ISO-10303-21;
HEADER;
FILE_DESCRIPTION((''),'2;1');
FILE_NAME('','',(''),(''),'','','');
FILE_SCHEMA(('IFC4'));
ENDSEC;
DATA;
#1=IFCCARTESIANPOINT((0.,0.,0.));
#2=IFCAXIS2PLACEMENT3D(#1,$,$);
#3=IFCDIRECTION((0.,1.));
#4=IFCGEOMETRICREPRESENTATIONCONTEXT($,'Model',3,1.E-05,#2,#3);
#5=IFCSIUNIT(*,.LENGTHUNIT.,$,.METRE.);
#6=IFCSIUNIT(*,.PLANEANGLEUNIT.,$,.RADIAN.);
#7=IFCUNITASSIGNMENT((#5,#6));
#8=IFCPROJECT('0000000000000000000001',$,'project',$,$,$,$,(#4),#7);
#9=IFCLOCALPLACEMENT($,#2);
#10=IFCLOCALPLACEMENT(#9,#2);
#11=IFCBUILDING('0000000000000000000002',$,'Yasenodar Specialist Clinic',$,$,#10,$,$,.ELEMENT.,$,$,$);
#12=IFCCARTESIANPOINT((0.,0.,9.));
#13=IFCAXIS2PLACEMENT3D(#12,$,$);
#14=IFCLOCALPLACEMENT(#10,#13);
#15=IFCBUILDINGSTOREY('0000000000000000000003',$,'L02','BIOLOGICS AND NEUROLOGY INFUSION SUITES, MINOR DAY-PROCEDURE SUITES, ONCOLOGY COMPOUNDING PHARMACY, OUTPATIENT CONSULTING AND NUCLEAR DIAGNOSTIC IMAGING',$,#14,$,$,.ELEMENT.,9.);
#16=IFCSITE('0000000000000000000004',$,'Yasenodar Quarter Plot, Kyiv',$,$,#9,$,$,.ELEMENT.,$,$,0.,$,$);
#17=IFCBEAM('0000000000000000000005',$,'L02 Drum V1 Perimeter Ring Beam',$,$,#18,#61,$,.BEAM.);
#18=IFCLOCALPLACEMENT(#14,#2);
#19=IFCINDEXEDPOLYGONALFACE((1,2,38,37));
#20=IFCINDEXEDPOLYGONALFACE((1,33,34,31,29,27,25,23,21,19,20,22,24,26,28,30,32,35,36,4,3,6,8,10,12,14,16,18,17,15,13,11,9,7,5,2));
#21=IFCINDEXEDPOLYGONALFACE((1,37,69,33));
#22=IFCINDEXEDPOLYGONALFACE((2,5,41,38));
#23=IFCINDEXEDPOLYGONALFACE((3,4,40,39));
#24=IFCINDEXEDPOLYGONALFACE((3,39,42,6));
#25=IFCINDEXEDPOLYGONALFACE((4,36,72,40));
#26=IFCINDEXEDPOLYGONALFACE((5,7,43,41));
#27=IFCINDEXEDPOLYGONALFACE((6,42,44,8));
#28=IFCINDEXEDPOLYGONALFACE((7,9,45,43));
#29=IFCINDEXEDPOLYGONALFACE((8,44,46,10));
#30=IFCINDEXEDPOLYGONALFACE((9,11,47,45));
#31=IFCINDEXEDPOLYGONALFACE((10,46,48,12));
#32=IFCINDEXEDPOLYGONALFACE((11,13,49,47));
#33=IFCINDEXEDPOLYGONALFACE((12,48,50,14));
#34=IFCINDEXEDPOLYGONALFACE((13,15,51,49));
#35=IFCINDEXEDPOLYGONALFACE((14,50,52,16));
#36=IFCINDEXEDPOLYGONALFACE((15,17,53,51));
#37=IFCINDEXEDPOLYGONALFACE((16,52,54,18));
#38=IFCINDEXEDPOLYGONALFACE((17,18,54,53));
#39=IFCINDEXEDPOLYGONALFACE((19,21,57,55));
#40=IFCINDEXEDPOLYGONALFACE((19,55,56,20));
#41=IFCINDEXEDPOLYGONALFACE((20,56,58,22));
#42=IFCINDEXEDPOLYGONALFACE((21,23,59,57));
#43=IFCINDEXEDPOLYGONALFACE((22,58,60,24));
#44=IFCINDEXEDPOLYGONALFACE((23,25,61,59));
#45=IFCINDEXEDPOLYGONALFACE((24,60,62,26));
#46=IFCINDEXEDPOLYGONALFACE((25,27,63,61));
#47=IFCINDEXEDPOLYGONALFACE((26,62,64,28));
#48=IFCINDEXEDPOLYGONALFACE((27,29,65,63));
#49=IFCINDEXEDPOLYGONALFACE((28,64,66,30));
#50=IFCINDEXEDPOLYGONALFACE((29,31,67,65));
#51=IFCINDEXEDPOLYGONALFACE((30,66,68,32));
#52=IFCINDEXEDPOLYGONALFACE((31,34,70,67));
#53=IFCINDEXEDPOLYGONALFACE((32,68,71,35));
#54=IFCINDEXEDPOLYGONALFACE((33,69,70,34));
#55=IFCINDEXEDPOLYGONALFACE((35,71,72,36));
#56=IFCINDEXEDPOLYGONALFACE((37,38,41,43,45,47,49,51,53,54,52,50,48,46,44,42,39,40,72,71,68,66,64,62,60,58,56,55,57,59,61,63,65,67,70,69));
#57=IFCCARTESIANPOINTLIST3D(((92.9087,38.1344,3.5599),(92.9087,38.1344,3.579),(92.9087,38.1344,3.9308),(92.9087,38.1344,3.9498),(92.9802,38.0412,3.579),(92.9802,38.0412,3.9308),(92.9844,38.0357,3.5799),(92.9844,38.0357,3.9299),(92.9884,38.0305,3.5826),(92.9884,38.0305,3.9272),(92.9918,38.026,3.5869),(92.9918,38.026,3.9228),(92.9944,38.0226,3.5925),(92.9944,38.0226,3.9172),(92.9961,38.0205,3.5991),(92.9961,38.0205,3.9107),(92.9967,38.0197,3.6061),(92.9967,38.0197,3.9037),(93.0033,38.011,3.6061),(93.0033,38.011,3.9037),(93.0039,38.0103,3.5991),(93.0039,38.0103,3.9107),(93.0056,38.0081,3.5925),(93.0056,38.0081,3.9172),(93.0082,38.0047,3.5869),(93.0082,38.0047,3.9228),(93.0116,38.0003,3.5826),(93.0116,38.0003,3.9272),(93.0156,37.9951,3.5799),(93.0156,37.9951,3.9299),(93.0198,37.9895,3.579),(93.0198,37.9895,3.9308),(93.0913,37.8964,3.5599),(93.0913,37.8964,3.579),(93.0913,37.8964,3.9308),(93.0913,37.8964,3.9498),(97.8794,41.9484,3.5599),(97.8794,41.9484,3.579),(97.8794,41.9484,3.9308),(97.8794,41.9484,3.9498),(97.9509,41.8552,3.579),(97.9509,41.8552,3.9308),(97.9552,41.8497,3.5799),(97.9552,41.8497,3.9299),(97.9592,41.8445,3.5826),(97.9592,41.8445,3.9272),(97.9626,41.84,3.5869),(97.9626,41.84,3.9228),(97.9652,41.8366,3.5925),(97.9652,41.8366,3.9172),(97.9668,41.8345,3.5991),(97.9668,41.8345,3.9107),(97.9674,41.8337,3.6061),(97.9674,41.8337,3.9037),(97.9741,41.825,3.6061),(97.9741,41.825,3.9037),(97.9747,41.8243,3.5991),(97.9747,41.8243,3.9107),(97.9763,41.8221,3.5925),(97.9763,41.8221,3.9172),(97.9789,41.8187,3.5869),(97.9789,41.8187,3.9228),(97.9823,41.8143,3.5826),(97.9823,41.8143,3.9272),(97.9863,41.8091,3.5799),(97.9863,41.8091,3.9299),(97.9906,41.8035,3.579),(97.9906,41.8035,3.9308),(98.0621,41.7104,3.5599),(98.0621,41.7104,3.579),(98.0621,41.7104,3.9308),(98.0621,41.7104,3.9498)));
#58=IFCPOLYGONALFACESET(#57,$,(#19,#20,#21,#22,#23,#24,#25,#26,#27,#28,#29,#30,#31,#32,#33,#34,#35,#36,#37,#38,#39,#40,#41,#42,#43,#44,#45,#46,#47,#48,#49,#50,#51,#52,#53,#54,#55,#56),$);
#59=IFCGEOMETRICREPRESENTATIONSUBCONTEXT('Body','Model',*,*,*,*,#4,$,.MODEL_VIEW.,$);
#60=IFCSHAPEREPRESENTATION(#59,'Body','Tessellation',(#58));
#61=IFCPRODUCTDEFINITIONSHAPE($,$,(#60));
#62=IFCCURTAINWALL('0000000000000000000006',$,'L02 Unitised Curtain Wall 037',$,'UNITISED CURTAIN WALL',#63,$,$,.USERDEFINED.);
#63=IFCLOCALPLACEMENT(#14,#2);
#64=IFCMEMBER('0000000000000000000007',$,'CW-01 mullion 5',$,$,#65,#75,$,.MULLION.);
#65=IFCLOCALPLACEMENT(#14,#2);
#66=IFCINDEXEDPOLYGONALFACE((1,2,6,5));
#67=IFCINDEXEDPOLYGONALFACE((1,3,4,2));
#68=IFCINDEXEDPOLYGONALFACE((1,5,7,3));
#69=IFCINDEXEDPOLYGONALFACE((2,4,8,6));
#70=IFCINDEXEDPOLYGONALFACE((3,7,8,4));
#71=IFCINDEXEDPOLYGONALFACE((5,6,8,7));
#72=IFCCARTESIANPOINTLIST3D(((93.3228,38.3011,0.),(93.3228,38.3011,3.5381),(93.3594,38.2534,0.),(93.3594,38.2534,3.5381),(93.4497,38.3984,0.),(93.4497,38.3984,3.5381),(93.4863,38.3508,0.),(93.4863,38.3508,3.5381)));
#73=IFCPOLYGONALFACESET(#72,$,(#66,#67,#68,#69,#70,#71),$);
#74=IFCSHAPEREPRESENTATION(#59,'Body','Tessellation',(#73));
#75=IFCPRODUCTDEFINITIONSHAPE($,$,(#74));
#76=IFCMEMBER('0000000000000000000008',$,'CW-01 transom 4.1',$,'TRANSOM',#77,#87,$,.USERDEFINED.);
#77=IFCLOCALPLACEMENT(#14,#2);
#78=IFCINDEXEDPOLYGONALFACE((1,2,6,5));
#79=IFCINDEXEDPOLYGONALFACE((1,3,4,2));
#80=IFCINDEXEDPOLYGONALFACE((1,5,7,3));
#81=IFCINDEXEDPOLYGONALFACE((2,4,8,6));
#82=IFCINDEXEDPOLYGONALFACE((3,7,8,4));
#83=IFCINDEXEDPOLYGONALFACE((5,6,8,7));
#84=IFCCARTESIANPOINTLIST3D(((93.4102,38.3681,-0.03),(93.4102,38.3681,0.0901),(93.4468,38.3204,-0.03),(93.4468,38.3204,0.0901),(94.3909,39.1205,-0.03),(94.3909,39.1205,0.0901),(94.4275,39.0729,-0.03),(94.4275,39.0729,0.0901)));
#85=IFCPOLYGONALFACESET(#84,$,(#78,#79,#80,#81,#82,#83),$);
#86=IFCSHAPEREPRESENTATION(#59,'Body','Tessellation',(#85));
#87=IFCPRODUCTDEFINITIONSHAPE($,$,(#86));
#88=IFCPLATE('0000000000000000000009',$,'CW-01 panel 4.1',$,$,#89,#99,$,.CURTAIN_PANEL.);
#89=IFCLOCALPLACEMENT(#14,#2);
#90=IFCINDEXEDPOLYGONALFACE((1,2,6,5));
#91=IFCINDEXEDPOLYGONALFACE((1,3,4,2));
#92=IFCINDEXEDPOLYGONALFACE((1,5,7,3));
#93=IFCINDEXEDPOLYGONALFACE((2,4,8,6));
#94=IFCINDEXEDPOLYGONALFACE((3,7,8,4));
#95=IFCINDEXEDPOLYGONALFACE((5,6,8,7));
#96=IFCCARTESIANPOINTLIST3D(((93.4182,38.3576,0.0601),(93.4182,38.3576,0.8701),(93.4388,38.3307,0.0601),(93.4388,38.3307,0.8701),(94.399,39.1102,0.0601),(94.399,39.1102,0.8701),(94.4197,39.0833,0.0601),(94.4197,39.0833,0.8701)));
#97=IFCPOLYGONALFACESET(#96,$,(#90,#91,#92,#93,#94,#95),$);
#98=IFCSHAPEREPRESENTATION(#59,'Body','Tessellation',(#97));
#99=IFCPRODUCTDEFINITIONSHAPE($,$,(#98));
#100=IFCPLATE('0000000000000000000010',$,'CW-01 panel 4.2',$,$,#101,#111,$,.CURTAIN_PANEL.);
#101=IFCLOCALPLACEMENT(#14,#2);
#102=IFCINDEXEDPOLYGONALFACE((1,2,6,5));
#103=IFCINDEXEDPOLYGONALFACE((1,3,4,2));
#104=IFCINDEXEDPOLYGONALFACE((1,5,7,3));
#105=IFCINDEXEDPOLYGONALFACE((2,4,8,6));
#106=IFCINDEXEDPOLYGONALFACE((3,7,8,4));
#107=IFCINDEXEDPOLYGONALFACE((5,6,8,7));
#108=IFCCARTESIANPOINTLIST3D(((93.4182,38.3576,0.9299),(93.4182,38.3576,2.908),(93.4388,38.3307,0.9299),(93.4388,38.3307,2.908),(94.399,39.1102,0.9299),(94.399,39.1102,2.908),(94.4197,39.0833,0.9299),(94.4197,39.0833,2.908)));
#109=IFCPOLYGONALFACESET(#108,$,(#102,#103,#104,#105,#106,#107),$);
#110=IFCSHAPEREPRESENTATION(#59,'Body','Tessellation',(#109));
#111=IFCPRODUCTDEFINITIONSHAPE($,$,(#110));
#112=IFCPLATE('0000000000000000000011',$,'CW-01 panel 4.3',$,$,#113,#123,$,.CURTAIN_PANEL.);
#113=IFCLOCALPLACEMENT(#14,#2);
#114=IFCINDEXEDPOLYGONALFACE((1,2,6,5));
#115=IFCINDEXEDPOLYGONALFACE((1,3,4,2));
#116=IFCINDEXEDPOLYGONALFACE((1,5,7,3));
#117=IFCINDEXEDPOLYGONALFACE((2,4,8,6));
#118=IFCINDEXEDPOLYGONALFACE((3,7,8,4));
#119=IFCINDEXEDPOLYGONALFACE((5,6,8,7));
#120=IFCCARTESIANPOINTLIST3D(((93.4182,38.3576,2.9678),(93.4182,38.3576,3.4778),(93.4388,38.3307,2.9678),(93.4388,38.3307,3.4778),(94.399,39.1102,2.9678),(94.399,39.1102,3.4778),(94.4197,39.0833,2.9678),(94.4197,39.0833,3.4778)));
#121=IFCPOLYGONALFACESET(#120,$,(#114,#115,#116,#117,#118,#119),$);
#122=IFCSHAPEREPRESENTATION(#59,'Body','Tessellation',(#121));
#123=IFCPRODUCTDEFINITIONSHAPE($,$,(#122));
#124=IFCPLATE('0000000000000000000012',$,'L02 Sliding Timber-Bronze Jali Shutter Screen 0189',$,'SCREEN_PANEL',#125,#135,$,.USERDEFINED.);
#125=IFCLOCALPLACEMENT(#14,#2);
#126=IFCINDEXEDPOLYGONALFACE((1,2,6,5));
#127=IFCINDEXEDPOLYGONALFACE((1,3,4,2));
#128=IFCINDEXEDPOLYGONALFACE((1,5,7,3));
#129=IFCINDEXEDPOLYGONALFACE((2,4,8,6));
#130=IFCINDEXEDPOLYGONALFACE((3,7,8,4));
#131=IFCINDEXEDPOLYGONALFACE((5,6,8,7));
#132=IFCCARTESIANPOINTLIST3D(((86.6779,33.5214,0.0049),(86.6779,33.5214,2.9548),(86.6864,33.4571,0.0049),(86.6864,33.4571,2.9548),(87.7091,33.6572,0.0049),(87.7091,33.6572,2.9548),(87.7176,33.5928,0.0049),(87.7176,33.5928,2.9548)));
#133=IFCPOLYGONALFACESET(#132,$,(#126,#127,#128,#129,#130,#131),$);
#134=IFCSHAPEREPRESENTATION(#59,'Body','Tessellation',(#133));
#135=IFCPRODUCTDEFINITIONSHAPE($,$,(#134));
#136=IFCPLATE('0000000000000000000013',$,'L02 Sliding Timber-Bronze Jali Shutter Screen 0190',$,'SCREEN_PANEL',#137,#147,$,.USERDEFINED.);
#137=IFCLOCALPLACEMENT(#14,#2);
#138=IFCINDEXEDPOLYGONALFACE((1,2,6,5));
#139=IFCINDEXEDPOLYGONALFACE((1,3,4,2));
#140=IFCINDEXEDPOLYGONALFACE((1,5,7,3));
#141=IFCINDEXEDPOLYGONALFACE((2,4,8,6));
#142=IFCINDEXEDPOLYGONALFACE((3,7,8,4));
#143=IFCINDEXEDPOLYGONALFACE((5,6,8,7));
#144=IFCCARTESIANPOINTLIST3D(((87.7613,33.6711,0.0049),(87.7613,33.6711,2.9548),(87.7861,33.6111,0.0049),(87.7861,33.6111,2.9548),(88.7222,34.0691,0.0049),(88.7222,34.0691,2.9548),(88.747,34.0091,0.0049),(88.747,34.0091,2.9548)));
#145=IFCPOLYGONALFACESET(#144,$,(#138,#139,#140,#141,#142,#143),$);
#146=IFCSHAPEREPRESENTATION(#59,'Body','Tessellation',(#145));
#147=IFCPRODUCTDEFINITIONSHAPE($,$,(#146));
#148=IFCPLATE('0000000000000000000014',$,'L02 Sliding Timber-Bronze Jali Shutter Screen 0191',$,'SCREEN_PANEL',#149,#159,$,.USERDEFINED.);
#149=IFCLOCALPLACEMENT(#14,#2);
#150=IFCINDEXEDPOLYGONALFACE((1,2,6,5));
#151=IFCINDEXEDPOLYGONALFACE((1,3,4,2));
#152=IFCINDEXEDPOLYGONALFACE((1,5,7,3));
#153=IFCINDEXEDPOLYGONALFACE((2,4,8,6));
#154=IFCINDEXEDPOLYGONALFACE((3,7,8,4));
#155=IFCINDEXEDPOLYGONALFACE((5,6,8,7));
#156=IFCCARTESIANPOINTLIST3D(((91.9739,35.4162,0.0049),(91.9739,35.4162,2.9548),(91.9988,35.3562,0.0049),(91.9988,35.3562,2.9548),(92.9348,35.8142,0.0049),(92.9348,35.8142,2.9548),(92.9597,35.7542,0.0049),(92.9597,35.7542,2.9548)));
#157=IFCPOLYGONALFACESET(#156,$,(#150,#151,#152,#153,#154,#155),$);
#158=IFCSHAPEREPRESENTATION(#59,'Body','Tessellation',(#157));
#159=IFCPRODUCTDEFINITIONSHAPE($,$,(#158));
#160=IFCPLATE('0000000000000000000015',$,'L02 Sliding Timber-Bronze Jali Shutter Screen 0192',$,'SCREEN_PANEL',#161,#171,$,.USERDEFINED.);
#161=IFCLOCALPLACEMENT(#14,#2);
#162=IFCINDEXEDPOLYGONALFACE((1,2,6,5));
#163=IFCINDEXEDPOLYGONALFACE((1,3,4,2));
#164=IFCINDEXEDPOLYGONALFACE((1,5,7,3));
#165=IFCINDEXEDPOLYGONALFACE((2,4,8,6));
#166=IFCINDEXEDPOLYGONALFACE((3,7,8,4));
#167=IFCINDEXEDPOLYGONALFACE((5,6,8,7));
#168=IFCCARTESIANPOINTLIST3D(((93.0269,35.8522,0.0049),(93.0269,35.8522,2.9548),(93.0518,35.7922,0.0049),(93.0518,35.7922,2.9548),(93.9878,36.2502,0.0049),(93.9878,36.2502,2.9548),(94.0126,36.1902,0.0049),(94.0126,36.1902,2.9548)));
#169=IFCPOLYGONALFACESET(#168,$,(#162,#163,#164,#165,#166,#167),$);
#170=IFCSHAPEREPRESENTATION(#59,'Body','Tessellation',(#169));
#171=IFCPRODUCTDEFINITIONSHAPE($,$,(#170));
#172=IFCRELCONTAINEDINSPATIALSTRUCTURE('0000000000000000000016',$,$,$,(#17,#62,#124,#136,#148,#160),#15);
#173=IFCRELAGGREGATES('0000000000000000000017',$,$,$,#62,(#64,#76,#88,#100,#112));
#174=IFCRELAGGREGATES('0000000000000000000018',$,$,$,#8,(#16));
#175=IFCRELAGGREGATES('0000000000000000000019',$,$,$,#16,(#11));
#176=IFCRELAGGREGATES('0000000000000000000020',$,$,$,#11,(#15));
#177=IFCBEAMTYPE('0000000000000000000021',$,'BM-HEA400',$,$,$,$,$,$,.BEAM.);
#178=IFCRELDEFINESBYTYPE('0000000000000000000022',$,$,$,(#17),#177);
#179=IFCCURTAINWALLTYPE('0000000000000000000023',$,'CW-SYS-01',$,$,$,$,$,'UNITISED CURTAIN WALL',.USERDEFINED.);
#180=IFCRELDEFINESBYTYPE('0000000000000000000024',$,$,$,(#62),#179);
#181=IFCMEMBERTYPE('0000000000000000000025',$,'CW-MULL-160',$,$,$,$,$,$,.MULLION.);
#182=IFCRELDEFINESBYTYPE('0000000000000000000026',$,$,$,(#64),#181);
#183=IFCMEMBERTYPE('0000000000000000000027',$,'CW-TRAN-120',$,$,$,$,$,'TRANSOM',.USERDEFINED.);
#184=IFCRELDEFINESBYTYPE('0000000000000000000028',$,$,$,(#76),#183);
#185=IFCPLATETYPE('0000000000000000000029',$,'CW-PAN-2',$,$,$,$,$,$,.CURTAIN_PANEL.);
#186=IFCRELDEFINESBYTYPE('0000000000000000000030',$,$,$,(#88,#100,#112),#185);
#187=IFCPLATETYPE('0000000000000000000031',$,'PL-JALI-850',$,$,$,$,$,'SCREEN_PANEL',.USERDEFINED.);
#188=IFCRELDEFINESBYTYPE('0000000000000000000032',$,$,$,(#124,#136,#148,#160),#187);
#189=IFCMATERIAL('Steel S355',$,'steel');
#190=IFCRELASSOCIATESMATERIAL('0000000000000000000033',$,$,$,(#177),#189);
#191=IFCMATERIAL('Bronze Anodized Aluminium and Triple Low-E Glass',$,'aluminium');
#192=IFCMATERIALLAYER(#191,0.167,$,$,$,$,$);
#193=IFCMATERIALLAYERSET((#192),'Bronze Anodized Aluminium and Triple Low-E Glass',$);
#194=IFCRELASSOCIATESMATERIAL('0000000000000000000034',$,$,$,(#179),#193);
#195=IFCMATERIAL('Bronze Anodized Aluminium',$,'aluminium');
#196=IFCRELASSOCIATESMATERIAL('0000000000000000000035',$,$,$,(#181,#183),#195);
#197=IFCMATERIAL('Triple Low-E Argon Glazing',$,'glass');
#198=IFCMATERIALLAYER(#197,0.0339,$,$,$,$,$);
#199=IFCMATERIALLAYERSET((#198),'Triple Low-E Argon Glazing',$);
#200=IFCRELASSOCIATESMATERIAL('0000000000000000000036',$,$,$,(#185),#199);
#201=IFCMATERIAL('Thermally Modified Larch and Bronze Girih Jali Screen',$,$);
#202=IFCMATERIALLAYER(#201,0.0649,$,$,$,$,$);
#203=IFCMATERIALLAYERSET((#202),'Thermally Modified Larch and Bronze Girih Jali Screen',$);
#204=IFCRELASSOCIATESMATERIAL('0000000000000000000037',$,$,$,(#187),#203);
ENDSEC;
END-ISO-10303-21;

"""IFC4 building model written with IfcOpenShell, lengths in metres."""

from ifc_helpers import new_model, si_unit, direction, frame, origin, origin_2d, place, context, subcontext, project, spatial, rectangle, i_section, extrude, material, layer, layer_set, material_profile, profile_set, type_object, element, aggregate, save


model = new_model("IFC4")

# Units and contexts
model_context = context("Model", 3, precision=1e-05, world=origin(), true_north=direction((0.0, 1.0)))
body_context = subcontext(model_context, "Body", "Model", "MODEL_VIEW")
ifc_project = project(units=[si_unit("LENGTHUNIT", "METRE"), si_unit("PLANEANGLEUNIT", "RADIAN")], contexts=[model_context])

# Site, building, storey
site_placement = place(None, origin())
site = spatial("IfcSite", under=ifc_project, at=site_placement, Name="Yasenodar Quarter Plot, Kyiv", CompositionType="ELEMENT", RefElevation=0.0)
building_placement = place(site_placement, origin())
building = spatial("IfcBuilding", under=site, at=building_placement, Name="Yasenodar Specialist Clinic", CompositionType="ELEMENT")
storey_placement = place(building_placement, frame((0.0, 0.0, 9.0)))
storey = spatial("IfcBuildingStorey", under=building, at=storey_placement, Name="L02", Description="BIOLOGICS AND NEUROLOGY INFUSION SUITES, MINOR DAY-PROCEDURE SUITES, ONCOLOGY COMPOUNDING PHARMACY, OUTPATIENT CONSULTING AND NUCLEAR DIAGNOSTIC IMAGING", CompositionType="ELEMENT", Elevation=9.0)

# Shared definitions
ifc_material_1 = material(Name="Steel S355", Category="steel")

# Beam
ifc_material_profile_1 = material_profile(ifc_material_1, i_section(OverallWidth=0.3, OverallDepth=0.3899, WebThickness=0.011, FlangeThickness=0.019, FilletRadius=0.0271, at=origin_2d()), Name="HEA 400")
ifc_profile_set_1 = profile_set([ifc_material_profile_1], Name="Steel S355")
beam_type = type_object("IfcBeamType", Name="BM-HEA400", PredefinedType="BEAM", material=ifc_profile_set_1)
beam_1_placement = place(storey_placement, frame((93.0, 38.0154, 3.7549), z_axis=(0.793368, 0.608742, 0.0), x_axis=(-0.608742, 0.793368, 0.0)))
element("IfcBeam", 1, at=beam_1_placement, inside=storey, type_object=beam_type, Name="L02 Drum V1 Perimeter Ring Beam", PredefinedType="BEAM", context=body_context, shape_type="SweptSolid", body=[
    extrude(i_section(OverallWidth=0.3, OverallDepth=0.3899, WebThickness=0.011, FlangeThickness=0.019, FilletRadius=0.0271, at=origin_2d()), origin(), (0.0, 0.0, 1.0), 6.2654),
])

# Curtain wall, members, plates
ifc_material_2 = material(Name="Bronze Anodized Aluminium and Triple Low-E Glass", Category="aluminium")
ifc_layer_1 = layer(ifc_material_2, 0.167)
ifc_layer_set_1 = layer_set([ifc_layer_1], Name="Bronze Anodized Aluminium and Triple Low-E Glass")
curtain_wall_type = type_object("IfcCurtainWallType", Name="CW-SYS-01", ElementType="UNITISED CURTAIN WALL", PredefinedType="USERDEFINED", material=ifc_layer_set_1)
curtain_wall_placement = place(storey_placement, origin())
curtain_wall = element("IfcCurtainWall", 2, at=curtain_wall_placement, inside=storey, type_object=curtain_wall_type, Name="L02 Unitised Curtain Wall 037", ObjectType="UNITISED CURTAIN WALL", PredefinedType="USERDEFINED")
ifc_material_3 = material(Name="Bronze Anodized Aluminium", Category="aluminium")
ifc_material_profile_2 = material_profile(ifc_material_3, rectangle(XDim=0.0601, YDim=0.1599, at=origin_2d()), Name="CW-MULL 60x160")
ifc_profile_set_2 = profile_set([ifc_material_profile_2], Name="Bronze Anodized Aluminium")
member_type_1 = type_object("IfcMemberType", Name="CW-MULL-160", PredefinedType="MULLION", material=ifc_profile_set_2)
member_1_placement = place(storey_placement, frame((93.4045, 38.3259, 0.0), z_axis=(0.0, 0.0, 1.0), x_axis=(0.608752, -0.793361, 0.0)))
member_1 = element("IfcMember", 3, at=member_1_placement, type_object=member_type_1, Name="CW-01 mullion 5", PredefinedType="MULLION", context=body_context, shape_type="SweptSolid", body=[
    extrude(rectangle(XDim=0.0601, YDim=0.1599, at=origin_2d()), origin(), (0.0, 0.0, 1.0), 3.5381),
])
ifc_material_profile_3 = material_profile(ifc_material_3, rectangle(XDim=0.0601, YDim=0.1201, at=origin_2d()), Name="CW-TRAN 60x120")
ifc_profile_set_3 = profile_set([ifc_material_profile_3], Name="Bronze Anodized Aluminium")
member_type_2 = type_object("IfcMemberType", Name="CW-TRAN-120", ElementType="TRANSOM", PredefinedType="USERDEFINED", material=ifc_profile_set_3)
member_2_placement = place(storey_placement, frame((94.4092, 39.0967, 0.03), z_axis=(-0.793387, -0.608718, 0.0), x_axis=(0.608718, -0.793387, 0.0)))
member_2 = element("IfcMember", 4, at=member_2_placement, type_object=member_type_2, Name="CW-01 transom 4.1", ObjectType="TRANSOM", PredefinedType="USERDEFINED", context=body_context, shape_type="SweptSolid", body=[
    extrude(rectangle(XDim=0.0601, YDim=0.1201, at=origin_2d()), origin(), (0.0, 0.0, 1.0), 1.2361),
])
ifc_material_4 = material(Name="Triple Low-E Argon Glazing", Category="glass")
ifc_layer_2 = layer(ifc_material_4, 0.0339)
ifc_layer_set_2 = layer_set([ifc_layer_2], Name="Triple Low-E Argon Glazing")
plate_type_1 = type_object("IfcPlateType", Name="CW-PAN-2", PredefinedType="CURTAIN_PANEL", material=ifc_layer_set_2)
plate_1_placement = place(storey_placement, frame((93.9189, 38.7205, 0.0601), z_axis=(0.0, 0.0, 1.0), x_axis=(-0.793361, -0.608752, 0.0)))
plate_1 = element("IfcPlate", 5, at=plate_1_placement, type_object=plate_type_1, Name="CW-01 panel 4.1", PredefinedType="CURTAIN_PANEL", context=body_context, shape_type="SweptSolid", body=[
    extrude(rectangle(XDim=1.2363, YDim=0.0339, at=origin_2d()), origin(), (0.0, 0.0, 1.0), 0.8101),
])
plate_2_placement = place(storey_placement, frame((93.9189, 38.7205, 0.9299), z_axis=(0.0, 0.0, 1.0), x_axis=(-0.793361, -0.608752, 0.0)))
plate_2 = element("IfcPlate", 6, at=plate_2_placement, type_object=plate_type_1, Name="CW-01 panel 4.2", PredefinedType="CURTAIN_PANEL", context=body_context, shape_type="SweptSolid", body=[
    extrude(rectangle(XDim=1.2363, YDim=0.0339, at=origin_2d()), origin(), (0.0, 0.0, 1.0), 1.978),
])
plate_3_placement = place(storey_placement, frame((93.9189, 38.7205, 2.9678), z_axis=(0.0, 0.0, 1.0), x_axis=(-0.793361, -0.608752, 0.0)))
plate_3 = element("IfcPlate", 7, at=plate_3_placement, type_object=plate_type_1, Name="CW-01 panel 4.3", PredefinedType="CURTAIN_PANEL", context=body_context, shape_type="SweptSolid", body=[
    extrude(rectangle(XDim=1.2363, YDim=0.0339, at=origin_2d()), origin(), (0.0, 0.0, 1.0), 0.51),
])
aggregate(curtain_wall, [member_1, member_2, plate_1, plate_2, plate_3])

# Plates
ifc_material_5 = material(Name="Thermally Modified Larch and Bronze Girih Jali Screen")
ifc_layer_3 = layer(ifc_material_5, 0.0649)
ifc_layer_set_3 = layer_set([ifc_layer_3], Name="Thermally Modified Larch and Bronze Girih Jali Screen")
plate_type_2 = type_object("IfcPlateType", Name="PL-JALI-850", ElementType="SCREEN_PANEL", PredefinedType="USERDEFINED", material=ifc_layer_set_3)
for number, where, z_axis, x_axis, name in (
    (8, (87.1978, 33.5571, 0.0049), (0.0, 0.0, 1.0), (0.991446, 0.130519, 0.0), "L02 Sliding Timber-Bronze Jali Shutter Screen 0189"),
    (9, (88.2542, 33.8401, 0.0049), (0.0, 0.0, 1.0), (0.923878, 0.382687, 0.0), "L02 Sliding Timber-Bronze Jali Shutter Screen 0190"),
    (10, (92.4668, 35.5852, 0.0049), (0.0, 0.0, 1.0), (0.923878, 0.382687, 0.0), "L02 Sliding Timber-Bronze Jali Shutter Screen 0191"),
    (11, (93.5198, 36.0212, 0.0049), (0.0, 0.0, 1.0), (0.923878, 0.382687, 0.0), "L02 Sliding Timber-Bronze Jali Shutter Screen 0192"),
):
    element("IfcPlate", number, at=place(storey_placement, frame(where, z_axis=z_axis, x_axis=x_axis)), inside=storey, type_object=plate_type_2, Name=name, ObjectType="SCREEN_PANEL", PredefinedType="USERDEFINED", context=body_context, shape_type="SweptSolid", body=[
        extrude(rectangle(XDim=1.04, YDim=0.0649, at=origin_2d()), origin(), (0.0, 0.0, 1.0), 2.95),
    ])

save(model, "model.ifc")
